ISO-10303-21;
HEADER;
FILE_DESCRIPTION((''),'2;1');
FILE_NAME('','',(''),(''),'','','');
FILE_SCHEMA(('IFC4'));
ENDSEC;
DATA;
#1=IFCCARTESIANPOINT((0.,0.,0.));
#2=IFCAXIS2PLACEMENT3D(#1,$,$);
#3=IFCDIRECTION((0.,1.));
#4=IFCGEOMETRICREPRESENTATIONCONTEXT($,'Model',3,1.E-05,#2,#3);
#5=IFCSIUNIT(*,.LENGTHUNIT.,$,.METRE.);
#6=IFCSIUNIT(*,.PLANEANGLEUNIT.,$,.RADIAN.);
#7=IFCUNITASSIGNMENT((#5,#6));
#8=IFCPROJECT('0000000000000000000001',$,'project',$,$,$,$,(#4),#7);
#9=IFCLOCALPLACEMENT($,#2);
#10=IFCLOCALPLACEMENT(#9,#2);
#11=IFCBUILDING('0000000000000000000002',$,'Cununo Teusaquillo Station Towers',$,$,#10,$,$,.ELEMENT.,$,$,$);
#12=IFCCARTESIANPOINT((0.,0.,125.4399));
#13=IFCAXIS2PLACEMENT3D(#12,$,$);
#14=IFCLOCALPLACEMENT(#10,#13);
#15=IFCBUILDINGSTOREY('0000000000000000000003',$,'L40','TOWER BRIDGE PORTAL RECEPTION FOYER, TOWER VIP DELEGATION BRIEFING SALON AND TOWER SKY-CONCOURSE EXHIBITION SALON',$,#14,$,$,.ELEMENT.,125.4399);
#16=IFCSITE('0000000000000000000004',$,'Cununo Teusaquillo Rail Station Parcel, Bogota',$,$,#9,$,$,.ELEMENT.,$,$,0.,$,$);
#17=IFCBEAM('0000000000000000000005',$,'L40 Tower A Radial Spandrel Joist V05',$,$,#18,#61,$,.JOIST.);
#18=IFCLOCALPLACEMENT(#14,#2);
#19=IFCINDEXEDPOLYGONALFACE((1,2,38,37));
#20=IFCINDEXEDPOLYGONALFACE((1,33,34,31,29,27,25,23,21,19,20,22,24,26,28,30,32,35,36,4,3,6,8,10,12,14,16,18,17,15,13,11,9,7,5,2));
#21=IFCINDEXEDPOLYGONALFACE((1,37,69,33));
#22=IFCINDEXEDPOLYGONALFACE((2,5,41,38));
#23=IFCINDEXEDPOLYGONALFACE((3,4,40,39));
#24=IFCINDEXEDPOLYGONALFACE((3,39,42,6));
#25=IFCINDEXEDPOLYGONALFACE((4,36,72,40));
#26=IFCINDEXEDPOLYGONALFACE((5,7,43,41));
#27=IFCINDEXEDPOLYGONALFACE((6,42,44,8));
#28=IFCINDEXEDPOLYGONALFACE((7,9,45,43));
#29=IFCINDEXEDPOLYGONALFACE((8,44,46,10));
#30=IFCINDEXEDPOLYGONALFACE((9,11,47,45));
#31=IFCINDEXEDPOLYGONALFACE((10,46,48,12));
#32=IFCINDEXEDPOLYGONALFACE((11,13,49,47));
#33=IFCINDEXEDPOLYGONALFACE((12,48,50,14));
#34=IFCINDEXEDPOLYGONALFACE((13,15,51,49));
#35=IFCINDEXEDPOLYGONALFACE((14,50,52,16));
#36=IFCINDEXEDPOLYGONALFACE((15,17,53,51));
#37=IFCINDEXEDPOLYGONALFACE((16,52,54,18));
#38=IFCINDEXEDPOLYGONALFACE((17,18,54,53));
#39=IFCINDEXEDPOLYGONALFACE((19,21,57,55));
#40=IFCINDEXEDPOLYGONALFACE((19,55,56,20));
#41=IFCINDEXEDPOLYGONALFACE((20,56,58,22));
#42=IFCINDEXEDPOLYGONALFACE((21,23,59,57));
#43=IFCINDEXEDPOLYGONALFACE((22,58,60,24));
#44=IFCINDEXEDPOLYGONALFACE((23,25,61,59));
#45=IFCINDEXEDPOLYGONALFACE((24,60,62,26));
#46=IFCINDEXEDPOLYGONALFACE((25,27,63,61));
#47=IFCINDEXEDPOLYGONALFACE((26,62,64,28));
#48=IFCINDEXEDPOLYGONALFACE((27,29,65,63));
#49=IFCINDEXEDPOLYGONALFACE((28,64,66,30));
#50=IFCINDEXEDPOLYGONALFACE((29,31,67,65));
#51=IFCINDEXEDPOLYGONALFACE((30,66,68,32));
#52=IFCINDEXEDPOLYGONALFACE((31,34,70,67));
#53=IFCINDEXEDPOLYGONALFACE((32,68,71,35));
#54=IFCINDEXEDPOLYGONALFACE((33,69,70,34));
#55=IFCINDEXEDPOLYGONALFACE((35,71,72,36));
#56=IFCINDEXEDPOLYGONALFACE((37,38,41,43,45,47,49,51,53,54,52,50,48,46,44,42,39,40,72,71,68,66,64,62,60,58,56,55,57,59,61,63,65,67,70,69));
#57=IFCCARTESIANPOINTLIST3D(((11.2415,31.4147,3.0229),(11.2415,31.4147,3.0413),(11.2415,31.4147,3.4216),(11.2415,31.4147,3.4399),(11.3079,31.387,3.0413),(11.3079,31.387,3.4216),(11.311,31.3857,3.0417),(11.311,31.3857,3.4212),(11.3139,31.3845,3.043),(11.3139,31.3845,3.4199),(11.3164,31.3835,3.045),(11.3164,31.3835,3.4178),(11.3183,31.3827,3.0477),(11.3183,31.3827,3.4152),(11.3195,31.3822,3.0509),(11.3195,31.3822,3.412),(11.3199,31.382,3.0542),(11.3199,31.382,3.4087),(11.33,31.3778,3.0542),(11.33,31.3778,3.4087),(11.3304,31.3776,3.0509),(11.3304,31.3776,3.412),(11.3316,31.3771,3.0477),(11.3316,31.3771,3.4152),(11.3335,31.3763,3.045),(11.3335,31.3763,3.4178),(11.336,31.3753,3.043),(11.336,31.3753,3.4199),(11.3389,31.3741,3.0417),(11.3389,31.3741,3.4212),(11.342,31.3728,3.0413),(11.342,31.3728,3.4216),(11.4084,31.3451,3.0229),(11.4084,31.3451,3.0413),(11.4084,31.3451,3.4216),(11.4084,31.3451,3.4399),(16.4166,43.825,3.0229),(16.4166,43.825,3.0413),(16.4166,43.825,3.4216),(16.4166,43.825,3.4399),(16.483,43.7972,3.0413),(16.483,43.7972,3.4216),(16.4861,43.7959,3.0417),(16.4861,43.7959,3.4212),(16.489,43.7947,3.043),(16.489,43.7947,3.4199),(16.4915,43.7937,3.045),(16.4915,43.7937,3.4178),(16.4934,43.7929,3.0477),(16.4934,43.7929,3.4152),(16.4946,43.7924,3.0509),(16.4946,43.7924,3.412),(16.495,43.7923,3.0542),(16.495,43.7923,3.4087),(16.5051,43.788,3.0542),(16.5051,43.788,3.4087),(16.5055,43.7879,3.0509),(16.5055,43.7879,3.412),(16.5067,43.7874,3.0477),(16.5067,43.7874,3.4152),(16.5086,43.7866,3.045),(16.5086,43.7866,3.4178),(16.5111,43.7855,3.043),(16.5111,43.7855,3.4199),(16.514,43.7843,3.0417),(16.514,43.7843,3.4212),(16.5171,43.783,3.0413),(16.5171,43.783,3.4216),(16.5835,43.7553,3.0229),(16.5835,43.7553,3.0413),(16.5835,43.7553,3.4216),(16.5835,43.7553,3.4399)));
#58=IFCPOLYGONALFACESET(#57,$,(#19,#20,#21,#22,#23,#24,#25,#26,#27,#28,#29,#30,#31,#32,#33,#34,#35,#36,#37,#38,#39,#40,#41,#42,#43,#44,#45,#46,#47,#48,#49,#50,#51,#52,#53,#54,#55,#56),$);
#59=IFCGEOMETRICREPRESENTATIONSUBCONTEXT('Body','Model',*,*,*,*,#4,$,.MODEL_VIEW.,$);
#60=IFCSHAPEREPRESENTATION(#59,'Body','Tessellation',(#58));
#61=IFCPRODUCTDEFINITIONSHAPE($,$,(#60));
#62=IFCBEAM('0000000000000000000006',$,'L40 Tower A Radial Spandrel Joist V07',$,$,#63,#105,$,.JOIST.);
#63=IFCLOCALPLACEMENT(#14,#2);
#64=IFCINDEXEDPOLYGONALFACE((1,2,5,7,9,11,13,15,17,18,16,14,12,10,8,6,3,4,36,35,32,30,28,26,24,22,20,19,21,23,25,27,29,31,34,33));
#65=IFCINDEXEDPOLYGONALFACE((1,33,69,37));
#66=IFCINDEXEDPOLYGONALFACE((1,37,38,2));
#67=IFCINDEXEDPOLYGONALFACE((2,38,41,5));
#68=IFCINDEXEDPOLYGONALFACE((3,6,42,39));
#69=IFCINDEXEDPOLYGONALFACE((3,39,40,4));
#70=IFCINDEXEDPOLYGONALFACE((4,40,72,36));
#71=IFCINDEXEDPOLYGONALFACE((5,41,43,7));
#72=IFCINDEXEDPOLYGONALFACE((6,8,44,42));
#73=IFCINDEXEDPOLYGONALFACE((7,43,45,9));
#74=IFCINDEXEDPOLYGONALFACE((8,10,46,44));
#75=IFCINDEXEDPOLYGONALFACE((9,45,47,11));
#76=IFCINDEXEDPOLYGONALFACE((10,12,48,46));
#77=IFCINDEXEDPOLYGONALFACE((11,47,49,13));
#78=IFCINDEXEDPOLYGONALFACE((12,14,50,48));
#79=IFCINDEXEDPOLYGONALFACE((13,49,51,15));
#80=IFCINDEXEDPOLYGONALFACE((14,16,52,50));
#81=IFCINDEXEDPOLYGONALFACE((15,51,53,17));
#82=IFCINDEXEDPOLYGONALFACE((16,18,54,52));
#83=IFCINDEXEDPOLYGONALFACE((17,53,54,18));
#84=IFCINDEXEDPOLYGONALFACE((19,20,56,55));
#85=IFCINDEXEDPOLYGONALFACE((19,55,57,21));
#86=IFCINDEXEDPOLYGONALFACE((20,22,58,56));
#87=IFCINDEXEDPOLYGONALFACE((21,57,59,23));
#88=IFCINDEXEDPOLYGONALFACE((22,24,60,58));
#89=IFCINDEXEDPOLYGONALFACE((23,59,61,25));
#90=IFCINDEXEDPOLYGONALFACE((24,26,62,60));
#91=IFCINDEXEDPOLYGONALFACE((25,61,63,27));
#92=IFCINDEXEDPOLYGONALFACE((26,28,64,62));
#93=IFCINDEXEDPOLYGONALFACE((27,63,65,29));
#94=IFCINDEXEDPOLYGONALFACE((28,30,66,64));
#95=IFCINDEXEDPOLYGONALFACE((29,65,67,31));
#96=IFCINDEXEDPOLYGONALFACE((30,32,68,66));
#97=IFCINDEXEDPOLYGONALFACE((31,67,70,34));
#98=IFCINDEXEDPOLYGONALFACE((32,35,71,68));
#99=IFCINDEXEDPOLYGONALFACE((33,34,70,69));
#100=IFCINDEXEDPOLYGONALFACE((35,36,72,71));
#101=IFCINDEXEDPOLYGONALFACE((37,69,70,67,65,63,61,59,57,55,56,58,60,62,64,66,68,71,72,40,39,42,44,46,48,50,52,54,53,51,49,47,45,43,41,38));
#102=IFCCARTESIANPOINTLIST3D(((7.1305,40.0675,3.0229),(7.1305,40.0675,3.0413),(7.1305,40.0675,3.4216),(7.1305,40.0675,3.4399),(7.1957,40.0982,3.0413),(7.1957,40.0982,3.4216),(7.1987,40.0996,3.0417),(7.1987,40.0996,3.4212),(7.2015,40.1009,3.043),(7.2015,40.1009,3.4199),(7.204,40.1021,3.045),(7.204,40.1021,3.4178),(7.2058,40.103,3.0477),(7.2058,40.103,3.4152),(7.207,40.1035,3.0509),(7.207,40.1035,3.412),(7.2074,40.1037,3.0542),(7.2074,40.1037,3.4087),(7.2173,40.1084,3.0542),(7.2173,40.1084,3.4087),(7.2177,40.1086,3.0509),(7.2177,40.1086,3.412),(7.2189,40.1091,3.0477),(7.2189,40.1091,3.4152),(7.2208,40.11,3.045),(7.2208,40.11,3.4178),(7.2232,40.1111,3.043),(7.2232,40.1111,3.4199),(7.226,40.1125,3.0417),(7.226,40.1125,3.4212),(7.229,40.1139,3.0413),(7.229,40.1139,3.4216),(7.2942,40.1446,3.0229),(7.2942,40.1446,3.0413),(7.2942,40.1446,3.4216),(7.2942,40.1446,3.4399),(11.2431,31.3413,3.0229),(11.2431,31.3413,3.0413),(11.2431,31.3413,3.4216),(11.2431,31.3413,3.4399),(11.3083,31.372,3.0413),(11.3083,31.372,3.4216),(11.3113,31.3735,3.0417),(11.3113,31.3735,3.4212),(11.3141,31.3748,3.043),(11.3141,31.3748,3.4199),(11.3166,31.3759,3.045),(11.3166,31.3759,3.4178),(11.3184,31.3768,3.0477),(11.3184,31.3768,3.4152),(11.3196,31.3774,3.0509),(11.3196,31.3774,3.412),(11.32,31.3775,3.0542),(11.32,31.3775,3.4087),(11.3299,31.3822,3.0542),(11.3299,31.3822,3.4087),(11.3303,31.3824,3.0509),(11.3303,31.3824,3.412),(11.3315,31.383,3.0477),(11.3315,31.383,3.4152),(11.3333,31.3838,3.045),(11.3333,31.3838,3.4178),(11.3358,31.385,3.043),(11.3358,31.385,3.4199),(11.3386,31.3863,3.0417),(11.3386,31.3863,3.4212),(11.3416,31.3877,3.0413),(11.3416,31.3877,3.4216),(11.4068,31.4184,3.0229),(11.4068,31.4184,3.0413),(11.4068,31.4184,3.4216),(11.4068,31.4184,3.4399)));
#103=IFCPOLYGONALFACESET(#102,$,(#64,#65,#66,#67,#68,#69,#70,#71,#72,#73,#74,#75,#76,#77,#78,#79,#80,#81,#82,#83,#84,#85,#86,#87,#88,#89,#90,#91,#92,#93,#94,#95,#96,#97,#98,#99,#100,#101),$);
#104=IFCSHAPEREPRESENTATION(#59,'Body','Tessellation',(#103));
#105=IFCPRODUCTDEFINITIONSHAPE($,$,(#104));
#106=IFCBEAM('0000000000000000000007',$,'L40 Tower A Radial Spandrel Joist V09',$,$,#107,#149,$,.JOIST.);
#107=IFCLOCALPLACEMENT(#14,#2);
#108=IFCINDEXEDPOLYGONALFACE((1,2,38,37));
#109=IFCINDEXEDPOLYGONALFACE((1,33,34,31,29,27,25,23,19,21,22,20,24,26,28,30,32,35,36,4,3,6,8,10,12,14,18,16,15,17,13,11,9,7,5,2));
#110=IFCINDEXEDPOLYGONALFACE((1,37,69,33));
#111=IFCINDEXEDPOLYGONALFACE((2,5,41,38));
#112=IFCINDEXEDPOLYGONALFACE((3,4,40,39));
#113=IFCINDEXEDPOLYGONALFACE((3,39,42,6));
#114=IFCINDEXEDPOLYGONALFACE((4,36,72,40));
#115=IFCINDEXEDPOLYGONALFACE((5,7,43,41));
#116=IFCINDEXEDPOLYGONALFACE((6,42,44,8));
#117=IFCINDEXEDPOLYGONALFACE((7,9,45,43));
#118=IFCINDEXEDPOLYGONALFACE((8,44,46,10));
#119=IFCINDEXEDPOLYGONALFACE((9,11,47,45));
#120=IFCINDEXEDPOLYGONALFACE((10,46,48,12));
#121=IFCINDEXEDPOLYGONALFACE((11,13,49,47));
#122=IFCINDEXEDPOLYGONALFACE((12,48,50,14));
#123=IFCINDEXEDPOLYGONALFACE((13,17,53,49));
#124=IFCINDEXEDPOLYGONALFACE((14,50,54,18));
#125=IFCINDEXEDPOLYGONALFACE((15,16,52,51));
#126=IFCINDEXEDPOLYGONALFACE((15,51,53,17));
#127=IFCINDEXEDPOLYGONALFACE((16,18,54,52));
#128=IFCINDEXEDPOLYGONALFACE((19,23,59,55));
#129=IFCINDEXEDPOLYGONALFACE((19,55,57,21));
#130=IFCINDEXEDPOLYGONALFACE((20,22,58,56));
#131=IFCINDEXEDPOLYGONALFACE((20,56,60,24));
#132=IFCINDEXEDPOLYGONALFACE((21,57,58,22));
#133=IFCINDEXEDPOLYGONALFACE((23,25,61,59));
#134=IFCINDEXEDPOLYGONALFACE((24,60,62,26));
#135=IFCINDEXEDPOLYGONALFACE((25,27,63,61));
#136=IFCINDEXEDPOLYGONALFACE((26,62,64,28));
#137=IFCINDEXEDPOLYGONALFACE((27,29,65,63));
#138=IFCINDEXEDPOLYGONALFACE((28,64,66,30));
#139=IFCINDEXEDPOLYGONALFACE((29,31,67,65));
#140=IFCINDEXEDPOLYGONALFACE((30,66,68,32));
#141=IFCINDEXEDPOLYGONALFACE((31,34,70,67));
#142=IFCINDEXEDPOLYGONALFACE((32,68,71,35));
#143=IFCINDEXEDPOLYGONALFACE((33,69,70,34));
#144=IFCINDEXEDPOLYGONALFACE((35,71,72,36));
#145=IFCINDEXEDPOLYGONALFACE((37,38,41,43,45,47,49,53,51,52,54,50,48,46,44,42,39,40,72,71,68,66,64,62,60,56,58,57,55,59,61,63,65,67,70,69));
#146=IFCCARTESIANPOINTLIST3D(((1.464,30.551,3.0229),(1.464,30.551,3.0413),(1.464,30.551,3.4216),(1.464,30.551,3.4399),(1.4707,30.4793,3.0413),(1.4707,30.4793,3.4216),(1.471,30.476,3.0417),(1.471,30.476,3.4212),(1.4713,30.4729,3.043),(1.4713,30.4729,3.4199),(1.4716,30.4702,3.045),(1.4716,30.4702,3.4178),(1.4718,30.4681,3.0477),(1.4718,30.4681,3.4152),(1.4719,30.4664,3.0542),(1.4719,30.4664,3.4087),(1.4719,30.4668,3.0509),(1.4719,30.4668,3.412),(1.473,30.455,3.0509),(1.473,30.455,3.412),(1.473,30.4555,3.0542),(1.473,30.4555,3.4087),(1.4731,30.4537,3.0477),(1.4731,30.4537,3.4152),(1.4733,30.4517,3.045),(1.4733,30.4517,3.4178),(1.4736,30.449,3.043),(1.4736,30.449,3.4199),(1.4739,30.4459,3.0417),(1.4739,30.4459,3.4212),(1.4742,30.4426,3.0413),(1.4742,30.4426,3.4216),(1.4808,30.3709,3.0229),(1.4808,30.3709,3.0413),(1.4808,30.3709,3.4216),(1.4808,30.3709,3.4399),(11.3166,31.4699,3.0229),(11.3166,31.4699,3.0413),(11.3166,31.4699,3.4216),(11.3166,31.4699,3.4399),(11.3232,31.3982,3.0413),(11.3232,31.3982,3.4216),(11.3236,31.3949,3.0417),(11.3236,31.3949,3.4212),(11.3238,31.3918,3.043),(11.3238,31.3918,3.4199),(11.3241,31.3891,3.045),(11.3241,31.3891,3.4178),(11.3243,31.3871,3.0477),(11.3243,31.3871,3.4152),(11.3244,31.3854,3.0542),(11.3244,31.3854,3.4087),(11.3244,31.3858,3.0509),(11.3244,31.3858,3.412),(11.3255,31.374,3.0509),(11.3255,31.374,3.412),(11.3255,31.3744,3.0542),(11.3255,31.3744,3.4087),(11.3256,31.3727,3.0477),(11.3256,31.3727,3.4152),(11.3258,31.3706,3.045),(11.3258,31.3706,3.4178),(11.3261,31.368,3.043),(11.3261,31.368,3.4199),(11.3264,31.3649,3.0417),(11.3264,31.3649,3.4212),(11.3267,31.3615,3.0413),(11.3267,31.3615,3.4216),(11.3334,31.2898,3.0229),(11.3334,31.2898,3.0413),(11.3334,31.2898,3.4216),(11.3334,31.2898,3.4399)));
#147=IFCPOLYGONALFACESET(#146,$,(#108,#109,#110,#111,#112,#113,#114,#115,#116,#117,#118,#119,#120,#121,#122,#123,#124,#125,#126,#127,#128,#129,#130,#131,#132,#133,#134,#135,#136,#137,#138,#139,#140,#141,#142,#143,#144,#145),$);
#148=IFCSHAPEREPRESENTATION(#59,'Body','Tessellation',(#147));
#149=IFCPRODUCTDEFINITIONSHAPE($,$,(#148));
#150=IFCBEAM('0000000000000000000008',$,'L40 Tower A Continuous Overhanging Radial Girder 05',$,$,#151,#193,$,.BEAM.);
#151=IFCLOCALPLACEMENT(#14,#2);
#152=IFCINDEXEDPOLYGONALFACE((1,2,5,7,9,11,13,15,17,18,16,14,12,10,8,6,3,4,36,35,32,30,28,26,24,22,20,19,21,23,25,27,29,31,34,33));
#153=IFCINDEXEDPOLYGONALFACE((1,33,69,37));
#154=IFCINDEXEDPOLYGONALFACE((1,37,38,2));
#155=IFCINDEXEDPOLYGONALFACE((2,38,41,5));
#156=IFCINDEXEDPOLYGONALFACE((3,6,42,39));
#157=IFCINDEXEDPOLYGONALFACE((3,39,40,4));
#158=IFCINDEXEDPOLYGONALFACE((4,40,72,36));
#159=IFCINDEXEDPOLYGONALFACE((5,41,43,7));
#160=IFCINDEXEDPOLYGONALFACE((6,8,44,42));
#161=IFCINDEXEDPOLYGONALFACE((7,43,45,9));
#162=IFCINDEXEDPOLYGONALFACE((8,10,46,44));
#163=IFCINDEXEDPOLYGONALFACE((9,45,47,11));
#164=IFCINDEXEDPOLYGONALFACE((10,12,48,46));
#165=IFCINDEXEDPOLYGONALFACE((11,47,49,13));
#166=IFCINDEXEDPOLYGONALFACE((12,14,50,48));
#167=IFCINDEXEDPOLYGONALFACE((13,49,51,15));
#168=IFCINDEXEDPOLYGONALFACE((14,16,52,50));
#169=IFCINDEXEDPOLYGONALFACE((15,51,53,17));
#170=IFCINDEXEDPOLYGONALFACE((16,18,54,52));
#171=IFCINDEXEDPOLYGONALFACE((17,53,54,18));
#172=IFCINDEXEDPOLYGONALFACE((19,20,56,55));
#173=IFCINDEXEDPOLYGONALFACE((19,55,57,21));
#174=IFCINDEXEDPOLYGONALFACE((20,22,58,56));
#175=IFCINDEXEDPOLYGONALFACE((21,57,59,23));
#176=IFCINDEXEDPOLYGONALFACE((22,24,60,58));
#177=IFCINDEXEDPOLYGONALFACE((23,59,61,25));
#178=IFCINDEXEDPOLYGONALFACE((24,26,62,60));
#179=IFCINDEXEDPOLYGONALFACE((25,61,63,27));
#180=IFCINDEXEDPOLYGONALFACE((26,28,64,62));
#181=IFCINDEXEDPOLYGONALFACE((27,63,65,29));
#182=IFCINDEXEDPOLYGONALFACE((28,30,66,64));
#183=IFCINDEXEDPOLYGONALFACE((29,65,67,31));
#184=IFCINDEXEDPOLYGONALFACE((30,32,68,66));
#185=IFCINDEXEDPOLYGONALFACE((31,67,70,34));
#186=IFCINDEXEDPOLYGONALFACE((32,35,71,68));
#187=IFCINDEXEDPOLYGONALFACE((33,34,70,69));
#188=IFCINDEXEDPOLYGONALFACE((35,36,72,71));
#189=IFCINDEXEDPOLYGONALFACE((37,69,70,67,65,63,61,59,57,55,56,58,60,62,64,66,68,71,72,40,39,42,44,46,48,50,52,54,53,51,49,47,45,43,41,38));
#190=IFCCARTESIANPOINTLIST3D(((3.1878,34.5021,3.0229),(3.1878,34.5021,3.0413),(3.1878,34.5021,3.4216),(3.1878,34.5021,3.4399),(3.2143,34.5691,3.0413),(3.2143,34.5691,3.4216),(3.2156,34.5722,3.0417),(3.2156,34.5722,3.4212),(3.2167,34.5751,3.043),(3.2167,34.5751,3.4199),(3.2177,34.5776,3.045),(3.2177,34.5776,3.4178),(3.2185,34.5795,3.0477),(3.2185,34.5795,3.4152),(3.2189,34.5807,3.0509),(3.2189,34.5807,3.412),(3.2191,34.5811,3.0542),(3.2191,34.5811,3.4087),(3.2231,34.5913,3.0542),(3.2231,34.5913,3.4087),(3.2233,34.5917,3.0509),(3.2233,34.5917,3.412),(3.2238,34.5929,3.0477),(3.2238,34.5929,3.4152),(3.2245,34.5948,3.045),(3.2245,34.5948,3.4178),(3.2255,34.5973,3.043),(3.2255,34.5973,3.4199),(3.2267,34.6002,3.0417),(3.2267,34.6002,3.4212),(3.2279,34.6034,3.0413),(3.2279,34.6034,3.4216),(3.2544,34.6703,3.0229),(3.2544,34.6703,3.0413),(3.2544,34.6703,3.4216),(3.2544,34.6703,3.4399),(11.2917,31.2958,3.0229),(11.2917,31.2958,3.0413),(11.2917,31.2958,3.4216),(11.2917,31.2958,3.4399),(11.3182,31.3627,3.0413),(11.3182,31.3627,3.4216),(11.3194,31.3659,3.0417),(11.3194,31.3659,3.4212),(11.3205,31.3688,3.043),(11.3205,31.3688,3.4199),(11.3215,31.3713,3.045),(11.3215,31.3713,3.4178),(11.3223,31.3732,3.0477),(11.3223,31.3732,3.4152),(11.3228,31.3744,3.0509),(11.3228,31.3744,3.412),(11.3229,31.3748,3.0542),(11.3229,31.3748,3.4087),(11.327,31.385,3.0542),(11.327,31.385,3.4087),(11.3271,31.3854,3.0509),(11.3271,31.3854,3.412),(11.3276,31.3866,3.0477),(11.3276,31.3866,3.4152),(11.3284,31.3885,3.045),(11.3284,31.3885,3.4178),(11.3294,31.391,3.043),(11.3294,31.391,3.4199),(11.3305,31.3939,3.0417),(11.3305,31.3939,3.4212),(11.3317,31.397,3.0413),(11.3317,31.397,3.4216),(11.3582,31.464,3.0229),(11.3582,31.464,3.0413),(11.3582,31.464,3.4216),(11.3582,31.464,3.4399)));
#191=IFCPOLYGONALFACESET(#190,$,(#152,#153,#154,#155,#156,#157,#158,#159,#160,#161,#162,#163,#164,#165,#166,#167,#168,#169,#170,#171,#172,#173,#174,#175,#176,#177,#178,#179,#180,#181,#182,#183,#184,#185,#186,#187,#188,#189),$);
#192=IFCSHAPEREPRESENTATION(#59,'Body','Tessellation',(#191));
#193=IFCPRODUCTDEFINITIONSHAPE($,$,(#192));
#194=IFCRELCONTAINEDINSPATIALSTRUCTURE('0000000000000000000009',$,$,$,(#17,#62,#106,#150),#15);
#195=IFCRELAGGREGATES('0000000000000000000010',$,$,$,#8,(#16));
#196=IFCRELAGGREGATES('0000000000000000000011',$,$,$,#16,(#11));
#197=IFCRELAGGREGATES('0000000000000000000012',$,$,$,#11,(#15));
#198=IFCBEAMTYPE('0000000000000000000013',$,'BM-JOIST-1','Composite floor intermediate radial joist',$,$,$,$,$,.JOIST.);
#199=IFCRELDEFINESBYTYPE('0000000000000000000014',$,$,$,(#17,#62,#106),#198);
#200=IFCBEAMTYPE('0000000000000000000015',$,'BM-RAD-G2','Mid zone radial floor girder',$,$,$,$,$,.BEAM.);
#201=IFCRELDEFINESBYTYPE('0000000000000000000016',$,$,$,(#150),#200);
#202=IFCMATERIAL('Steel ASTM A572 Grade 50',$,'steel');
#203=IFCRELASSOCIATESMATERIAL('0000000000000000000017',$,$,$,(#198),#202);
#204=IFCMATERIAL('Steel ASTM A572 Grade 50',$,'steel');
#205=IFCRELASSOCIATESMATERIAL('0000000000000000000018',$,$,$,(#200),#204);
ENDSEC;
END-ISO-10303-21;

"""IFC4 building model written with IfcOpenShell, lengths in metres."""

from ifc_helpers import new_model, si_unit, direction, frame, origin, origin_2d, place, context, subcontext, project, spatial, i_section, extrude, material, material_profile, profile_set, type_object, element, save


model = new_model("IFC4")

# Units and contexts
model_context = context("Model", 3, precision=1e-05, world=origin(), true_north=direction((0.0, 1.0)))
body_context = subcontext(model_context, "Body", "Model", "MODEL_VIEW")
ifc_project = project(units=[si_unit("LENGTHUNIT", "METRE"), si_unit("PLANEANGLEUNIT", "RADIAN")], contexts=[model_context])

# Site, building, storey
site_placement = place(None, origin())
site = spatial("IfcSite", under=ifc_project, at=site_placement, Name="Cununo Teusaquillo Rail Station Parcel, Bogota", CompositionType="ELEMENT", RefElevation=0.0)
building_placement = place(site_placement, origin())
building = spatial("IfcBuilding", under=site, at=building_placement, Name="Cununo Teusaquillo Station Towers", CompositionType="ELEMENT")
storey_placement = place(building_placement, frame((0.0, 0.0, 125.4399)))
storey = spatial("IfcBuildingStorey", under=building, at=storey_placement, Name="L40", Description="TOWER BRIDGE PORTAL RECEPTION FOYER, TOWER VIP DELEGATION BRIEFING SALON AND TOWER SKY-CONCOURSE EXHIBITION SALON", CompositionType="ELEMENT", Elevation=125.4399)

# Beams
ifc_material_1 = material(Name="Steel ASTM A572 Grade 50", Category="steel")
ifc_material_profile_1 = material_profile(ifc_material_1, i_section(OverallWidth=0.1809, OverallDepth=0.417, WebThickness=0.011, FlangeThickness=0.0183, FilletRadius=0.0129, at=origin_2d()), Name="W16X57")
ifc_profile_set_1 = profile_set([ifc_material_profile_1], Name="Steel ASTM A572 Grade 50")
beam_type_1 = type_object("IfcBeamType", Name="BM-JOIST-1", Description="Composite floor intermediate radial joist", PredefinedType="JOIST", material=ifc_profile_set_1)
beam_1_placement = place(storey_placement, frame((11.325, 31.3799, 3.2314), z_axis=(0.384878, 0.922967, 0.0), x_axis=(-0.922967, 0.384878, 0.0)))
element("IfcBeam", 1, at=beam_1_placement, inside=storey, type_object=beam_type_1, Name="L40 Tower A Radial Spandrel Joist V05", PredefinedType="JOIST", context=body_context, shape_type="SweptSolid", body=[
    extrude(i_section(OverallWidth=0.1809, OverallDepth=0.417, WebThickness=0.011, FlangeThickness=0.0183, FilletRadius=0.0129, at=origin_2d()), origin(), (0.0, 0.0, 1.0), 13.446),
])
beam_2_placement = place(storey_placement, frame((11.325, 31.3799, 3.2314), z_axis=(-0.42632, 0.904572, 0.0), x_axis=(-0.904572, -0.42632, 0.0)))
element("IfcBeam", 2, at=beam_2_placement, inside=storey, type_object=beam_type_1, Name="L40 Tower A Radial Spandrel Joist V07", PredefinedType="JOIST", context=body_context, shape_type="SweptSolid", body=[
    extrude(i_section(OverallWidth=0.1809, OverallDepth=0.417, WebThickness=0.011, FlangeThickness=0.0183, FilletRadius=0.0129, at=origin_2d()), origin(), (0.0, 0.0, 1.0), 9.6467),
])
beam_3_placement = place(storey_placement, frame((11.325, 31.3799, 3.2314), z_axis=(-0.995679, -0.092867, 0.0), x_axis=(0.092867, -0.995679, 0.0)))
element("IfcBeam", 3, at=beam_3_placement, inside=storey, type_object=beam_type_1, Name="L40 Tower A Radial Spandrel Joist V09", PredefinedType="JOIST", context=body_context, shape_type="SweptSolid", body=[
    extrude(i_section(OverallWidth=0.1809, OverallDepth=0.417, WebThickness=0.011, FlangeThickness=0.0183, FilletRadius=0.0129, at=origin_2d()), origin(), (0.0, 0.0, 1.0), 9.8953),
])
ifc_material_2 = material(Name="Steel ASTM A572 Grade 50", Category="steel")
ifc_material_profile_2 = material_profile(ifc_material_2, i_section(OverallWidth=0.1809, OverallDepth=0.417, WebThickness=0.011, FlangeThickness=0.0183, FilletRadius=0.0129, at=origin_2d()), Name="W16X57")
ifc_profile_set_2 = profile_set([ifc_material_profile_2], Name="Steel ASTM A572 Grade 50")
beam_type_2 = type_object("IfcBeamType", Name="BM-RAD-G2", Description="Mid zone radial floor girder", PredefinedType="BEAM", material=ifc_profile_set_2)
beam_4_placement = place(storey_placement, frame((11.325, 31.3799, 3.2314), z_axis=(-0.929863, 0.367906, 0.0), x_axis=(-0.367906, -0.929863, 0.0)))
element("IfcBeam", 4, at=beam_4_placement, inside=storey, type_object=beam_type_2, Name="L40 Tower A Continuous Overhanging Radial Girder 05", PredefinedType="BEAM", context=body_context, shape_type="SweptSolid", body=[
    extrude(i_section(OverallWidth=0.1809, OverallDepth=0.417, WebThickness=0.011, FlangeThickness=0.0183, FilletRadius=0.0129, at=origin_2d()), origin(), (0.0, 0.0, 1.0), 8.7151),
])

save(model, "model.ifc")
